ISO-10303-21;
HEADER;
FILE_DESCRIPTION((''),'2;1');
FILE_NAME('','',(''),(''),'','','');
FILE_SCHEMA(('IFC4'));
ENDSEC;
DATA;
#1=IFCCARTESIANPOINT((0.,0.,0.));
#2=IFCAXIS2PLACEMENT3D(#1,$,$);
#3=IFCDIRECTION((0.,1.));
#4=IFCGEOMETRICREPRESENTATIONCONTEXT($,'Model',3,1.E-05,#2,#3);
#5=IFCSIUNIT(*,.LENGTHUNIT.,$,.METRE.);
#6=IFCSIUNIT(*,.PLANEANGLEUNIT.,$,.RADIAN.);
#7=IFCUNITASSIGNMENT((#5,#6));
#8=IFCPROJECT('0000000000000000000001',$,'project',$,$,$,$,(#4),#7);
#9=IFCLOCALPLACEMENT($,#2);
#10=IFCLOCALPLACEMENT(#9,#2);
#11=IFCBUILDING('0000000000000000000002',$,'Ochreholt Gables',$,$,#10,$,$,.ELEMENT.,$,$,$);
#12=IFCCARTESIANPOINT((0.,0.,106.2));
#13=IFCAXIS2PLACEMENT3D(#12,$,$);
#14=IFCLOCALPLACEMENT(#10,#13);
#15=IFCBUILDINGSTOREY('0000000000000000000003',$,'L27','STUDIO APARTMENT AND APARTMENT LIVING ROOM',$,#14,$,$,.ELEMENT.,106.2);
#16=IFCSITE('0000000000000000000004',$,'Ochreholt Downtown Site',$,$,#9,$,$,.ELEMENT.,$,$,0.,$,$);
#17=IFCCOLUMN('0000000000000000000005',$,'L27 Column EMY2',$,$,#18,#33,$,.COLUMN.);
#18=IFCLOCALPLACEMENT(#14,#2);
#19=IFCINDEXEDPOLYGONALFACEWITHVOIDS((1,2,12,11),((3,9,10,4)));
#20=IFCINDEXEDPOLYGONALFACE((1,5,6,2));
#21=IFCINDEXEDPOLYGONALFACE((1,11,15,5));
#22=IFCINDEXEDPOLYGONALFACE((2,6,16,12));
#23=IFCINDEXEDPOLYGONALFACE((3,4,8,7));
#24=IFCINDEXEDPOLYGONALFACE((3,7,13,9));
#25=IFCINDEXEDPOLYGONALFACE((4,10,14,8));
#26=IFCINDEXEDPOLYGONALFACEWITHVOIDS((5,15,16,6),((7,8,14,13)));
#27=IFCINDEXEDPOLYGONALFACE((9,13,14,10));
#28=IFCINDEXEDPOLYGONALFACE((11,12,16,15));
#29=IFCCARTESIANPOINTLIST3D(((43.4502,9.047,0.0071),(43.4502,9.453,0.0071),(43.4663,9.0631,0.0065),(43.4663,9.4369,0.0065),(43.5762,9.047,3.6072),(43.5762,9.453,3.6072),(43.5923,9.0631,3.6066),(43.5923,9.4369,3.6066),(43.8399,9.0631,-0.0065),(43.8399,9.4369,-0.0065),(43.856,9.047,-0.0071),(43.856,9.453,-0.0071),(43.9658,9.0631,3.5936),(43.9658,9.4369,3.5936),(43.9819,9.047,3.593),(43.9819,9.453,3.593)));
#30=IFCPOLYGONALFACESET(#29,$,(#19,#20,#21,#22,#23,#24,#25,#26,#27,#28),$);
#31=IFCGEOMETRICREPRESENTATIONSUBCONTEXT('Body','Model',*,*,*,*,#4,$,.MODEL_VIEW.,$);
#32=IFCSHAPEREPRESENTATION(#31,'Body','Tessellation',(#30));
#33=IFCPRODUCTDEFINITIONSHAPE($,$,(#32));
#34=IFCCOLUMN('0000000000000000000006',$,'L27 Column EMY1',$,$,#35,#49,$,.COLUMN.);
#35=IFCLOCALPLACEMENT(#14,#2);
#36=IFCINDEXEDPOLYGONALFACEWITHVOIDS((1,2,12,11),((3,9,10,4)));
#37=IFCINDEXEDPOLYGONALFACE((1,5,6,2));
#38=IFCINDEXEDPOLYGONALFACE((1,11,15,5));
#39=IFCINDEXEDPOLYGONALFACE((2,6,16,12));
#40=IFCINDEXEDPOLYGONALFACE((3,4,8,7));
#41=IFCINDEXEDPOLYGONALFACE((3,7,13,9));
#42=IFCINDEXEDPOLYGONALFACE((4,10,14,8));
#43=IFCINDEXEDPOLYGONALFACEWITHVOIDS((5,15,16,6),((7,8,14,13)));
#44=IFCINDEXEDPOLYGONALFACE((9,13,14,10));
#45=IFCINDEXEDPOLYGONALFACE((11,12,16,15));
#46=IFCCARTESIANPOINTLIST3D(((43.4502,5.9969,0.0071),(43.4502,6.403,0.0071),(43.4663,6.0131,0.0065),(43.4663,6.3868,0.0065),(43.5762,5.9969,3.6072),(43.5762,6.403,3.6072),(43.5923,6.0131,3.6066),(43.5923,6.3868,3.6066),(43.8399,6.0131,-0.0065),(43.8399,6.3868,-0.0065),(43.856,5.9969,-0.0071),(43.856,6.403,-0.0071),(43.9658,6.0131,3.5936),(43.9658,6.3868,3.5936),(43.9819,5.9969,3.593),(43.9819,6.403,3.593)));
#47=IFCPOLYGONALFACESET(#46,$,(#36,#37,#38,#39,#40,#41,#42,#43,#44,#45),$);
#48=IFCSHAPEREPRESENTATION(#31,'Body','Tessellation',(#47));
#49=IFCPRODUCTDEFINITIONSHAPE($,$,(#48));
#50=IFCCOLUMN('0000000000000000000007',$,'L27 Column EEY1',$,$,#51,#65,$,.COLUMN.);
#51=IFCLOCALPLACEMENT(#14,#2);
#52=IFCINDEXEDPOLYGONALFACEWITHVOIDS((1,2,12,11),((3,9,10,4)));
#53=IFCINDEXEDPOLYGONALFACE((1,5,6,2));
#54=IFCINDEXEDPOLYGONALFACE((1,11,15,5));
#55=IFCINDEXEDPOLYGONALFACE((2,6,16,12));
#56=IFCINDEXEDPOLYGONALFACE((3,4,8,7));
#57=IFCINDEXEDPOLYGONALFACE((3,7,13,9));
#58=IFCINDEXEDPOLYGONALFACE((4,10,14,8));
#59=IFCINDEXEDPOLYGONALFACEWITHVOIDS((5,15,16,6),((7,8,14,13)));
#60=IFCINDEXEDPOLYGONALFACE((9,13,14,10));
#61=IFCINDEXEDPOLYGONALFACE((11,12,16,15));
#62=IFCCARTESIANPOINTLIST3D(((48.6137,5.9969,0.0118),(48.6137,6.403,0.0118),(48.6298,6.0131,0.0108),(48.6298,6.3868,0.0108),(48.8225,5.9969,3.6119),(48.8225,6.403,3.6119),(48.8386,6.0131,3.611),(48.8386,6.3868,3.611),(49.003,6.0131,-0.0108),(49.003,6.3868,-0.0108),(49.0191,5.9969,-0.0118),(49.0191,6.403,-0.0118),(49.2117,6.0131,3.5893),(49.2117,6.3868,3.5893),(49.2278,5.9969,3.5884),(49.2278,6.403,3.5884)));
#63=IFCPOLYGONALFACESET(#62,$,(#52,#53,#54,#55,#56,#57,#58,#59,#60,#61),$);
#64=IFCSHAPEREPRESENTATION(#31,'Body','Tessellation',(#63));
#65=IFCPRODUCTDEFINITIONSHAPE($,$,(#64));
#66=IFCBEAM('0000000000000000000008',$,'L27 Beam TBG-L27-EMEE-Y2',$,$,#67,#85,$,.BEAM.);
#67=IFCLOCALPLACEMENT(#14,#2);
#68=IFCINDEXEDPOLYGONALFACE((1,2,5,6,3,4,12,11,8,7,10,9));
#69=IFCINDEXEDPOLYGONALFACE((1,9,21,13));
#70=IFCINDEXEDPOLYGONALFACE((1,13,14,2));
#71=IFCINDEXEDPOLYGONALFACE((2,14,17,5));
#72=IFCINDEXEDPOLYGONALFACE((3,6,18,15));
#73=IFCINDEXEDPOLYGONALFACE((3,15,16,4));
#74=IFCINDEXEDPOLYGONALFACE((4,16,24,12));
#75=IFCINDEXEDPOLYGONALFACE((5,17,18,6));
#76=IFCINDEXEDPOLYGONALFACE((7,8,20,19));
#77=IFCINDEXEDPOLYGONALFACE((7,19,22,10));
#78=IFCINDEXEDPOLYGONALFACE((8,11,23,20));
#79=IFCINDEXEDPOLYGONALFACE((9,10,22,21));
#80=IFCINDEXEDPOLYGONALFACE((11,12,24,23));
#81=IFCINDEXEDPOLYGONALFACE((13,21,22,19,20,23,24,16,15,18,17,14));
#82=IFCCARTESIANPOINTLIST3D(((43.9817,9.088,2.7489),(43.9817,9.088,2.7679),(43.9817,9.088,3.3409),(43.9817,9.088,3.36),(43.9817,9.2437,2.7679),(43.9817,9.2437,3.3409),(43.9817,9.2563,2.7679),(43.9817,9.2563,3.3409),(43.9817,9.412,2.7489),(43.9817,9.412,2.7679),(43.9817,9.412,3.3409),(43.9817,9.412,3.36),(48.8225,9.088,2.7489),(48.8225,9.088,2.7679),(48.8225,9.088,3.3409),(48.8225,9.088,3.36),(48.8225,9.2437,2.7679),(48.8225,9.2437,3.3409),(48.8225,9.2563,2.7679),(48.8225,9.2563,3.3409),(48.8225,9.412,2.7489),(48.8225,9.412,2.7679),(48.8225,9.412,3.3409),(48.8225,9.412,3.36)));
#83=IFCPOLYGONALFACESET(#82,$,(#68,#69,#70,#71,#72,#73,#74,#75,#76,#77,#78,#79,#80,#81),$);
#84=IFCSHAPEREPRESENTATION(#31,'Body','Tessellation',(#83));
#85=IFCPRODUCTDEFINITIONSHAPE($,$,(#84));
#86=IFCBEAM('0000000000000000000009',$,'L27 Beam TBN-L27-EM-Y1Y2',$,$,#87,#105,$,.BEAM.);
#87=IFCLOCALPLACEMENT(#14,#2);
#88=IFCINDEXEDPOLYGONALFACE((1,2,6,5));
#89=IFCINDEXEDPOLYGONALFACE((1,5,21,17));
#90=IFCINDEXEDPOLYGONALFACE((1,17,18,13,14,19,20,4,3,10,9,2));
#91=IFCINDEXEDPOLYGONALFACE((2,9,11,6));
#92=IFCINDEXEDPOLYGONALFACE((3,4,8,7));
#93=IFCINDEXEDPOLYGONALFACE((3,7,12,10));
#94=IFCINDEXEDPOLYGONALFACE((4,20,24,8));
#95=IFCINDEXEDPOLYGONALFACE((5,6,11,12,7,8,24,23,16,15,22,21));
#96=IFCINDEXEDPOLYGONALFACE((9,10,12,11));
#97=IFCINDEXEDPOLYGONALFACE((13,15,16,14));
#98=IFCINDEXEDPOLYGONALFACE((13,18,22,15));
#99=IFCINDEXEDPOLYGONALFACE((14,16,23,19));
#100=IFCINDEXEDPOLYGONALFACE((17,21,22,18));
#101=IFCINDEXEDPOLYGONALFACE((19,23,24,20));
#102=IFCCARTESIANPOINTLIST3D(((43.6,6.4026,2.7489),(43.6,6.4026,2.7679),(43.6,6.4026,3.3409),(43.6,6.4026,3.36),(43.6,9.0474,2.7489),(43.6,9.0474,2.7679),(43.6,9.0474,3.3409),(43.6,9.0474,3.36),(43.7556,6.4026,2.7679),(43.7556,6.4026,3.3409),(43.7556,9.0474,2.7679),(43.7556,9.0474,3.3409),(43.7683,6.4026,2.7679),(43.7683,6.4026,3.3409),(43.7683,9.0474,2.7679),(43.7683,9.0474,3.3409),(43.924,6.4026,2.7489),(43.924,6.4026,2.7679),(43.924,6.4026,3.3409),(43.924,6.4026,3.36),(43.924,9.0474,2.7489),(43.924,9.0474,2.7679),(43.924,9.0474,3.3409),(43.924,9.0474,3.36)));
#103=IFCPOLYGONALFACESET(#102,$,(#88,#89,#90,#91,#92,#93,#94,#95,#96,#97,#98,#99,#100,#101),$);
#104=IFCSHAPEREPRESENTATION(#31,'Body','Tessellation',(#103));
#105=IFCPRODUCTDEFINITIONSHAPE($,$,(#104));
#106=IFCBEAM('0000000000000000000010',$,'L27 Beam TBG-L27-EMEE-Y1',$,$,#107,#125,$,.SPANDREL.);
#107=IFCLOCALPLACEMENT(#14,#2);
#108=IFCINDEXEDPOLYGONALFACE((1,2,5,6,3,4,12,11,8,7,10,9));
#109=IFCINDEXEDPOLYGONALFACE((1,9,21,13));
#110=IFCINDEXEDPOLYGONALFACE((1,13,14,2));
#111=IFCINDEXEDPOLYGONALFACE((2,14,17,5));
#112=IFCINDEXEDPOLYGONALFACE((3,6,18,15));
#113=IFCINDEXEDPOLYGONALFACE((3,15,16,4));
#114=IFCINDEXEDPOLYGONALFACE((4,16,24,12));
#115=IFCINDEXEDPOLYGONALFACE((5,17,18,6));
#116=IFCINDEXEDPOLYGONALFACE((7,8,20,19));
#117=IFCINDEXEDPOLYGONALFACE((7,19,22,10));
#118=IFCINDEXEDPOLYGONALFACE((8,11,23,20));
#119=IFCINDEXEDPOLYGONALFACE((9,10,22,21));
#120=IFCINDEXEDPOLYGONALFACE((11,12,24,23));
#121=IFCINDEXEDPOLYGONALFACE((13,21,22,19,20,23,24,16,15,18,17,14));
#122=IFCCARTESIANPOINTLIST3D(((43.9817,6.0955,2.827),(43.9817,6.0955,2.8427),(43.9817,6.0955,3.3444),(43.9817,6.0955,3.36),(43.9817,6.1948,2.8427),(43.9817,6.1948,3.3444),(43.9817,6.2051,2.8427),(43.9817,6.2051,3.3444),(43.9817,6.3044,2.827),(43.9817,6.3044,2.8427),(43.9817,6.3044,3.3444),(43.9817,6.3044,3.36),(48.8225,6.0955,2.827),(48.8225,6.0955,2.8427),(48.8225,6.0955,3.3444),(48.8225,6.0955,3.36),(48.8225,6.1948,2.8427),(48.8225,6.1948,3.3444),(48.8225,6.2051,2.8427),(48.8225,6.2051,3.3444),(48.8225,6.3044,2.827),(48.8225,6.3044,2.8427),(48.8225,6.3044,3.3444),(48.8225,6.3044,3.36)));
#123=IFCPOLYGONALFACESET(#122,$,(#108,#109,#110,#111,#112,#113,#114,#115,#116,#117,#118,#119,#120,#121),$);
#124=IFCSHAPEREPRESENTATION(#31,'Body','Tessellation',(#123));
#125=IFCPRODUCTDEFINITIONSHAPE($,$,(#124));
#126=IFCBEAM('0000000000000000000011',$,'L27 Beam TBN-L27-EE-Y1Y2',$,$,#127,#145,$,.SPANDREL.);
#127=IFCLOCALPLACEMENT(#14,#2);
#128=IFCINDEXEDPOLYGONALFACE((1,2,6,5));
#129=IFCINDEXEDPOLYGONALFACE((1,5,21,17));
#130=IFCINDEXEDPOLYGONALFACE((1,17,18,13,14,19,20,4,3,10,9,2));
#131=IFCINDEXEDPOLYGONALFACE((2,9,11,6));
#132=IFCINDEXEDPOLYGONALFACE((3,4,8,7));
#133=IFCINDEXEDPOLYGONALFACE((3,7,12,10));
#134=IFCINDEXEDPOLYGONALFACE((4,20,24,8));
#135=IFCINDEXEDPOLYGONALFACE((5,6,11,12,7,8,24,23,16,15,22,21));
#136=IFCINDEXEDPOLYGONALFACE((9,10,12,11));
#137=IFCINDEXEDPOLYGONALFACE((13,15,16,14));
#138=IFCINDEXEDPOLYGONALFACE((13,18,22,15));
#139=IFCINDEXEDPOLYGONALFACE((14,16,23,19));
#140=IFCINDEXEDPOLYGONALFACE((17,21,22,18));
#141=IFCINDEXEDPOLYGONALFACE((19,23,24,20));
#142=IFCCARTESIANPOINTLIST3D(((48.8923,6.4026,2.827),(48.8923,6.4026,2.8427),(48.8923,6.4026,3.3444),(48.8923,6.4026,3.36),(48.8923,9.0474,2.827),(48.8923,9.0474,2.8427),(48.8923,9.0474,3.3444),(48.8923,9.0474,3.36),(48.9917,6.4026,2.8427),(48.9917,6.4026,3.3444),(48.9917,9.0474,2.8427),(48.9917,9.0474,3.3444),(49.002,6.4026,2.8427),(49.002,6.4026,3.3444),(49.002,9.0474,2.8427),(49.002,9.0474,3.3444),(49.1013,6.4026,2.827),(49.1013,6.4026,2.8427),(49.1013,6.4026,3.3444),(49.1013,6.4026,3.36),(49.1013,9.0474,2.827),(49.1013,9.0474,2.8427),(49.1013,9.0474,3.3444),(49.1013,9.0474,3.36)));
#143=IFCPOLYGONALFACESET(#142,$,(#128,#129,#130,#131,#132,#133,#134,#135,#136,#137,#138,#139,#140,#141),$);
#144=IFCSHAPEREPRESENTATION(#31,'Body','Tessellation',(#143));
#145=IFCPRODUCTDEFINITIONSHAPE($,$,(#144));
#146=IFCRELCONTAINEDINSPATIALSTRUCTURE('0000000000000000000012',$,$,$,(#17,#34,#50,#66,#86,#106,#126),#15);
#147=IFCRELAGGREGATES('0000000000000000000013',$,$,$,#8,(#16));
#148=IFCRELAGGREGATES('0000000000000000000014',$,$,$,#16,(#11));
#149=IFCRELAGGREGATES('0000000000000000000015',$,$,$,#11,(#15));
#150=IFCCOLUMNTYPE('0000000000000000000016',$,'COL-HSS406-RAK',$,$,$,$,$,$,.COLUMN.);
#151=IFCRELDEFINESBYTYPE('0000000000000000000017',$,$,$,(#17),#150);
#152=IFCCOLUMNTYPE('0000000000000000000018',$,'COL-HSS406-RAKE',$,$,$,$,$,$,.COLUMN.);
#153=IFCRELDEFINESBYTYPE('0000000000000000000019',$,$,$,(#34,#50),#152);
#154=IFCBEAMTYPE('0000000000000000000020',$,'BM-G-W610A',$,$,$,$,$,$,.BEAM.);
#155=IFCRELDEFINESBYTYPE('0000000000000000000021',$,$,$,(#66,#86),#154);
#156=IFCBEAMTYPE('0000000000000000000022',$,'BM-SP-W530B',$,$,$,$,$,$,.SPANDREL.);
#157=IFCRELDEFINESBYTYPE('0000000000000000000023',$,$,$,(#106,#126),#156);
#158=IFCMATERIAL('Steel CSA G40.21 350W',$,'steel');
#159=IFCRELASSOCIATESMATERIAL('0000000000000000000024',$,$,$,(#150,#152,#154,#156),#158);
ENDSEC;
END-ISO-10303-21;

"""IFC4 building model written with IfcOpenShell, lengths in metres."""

from ifc_helpers import new_model, si_unit, direction, frame, origin, origin_2d, place, context, subcontext, project, spatial, hollow_rectangle, i_section, extrude, material, material_profile, profile_set, type_object, element, save


model = new_model("IFC4")

# Units and contexts
model_context = context("Model", 3, precision=1e-05, world=origin(), true_north=direction((0.0, 1.0)))
body_context = subcontext(model_context, "Body", "Model", "MODEL_VIEW")
ifc_project = project(units=[si_unit("LENGTHUNIT", "METRE"), si_unit("PLANEANGLEUNIT", "RADIAN")], contexts=[model_context])

# Site, building, storey
site_placement = place(None, origin())
site = spatial("IfcSite", under=ifc_project, at=site_placement, Name="Ochreholt Downtown Site", CompositionType="ELEMENT", RefElevation=0.0)
building_placement = place(site_placement, origin())
building = spatial("IfcBuilding", under=site, at=building_placement, Name="Ochreholt Gables", CompositionType="ELEMENT")
storey_placement = place(building_placement, frame((0.0, 0.0, 106.2)))
storey = spatial("IfcBuildingStorey", under=building, at=storey_placement, Name="L27", Description="STUDIO APARTMENT AND APARTMENT LIVING ROOM", CompositionType="ELEMENT", Elevation=106.2)

# Columns
ifc_material_1 = material(Name="Steel CSA G40.21 350W", Category="steel")
ifc_material_profile_1 = material_profile(ifc_material_1, hollow_rectangle(XDim=0.406, YDim=0.406, WallThickness=0.0161, at=origin_2d()), Name="HSS406X406X16")
ifc_profile_set_1 = profile_set([ifc_material_profile_1], Name="Steel CSA G40.21 350W")
column_type_1 = type_object("IfcColumnType", Name="COL-HSS406-RAK", PredefinedType="COLUMN", material=ifc_profile_set_1)
column_1_placement = place(storey_placement, frame((43.6531, 9.25, 0.0), z_axis=(0.034971, 0.0, 0.999388), x_axis=(0.0, 1.0, 0.0)))
element("IfcColumn", 1, at=column_1_placement, inside=storey, type_object=column_type_1, Name="L27 Column EMY2", PredefinedType="COLUMN", context=body_context, shape_type="SweptSolid", body=[
    extrude(hollow_rectangle(XDim=0.406, YDim=0.406, WallThickness=0.0161, at=origin_2d()), origin(), (0.0, 0.0, 1.0), 3.6023),
])
ifc_material_profile_2 = material_profile(ifc_material_1, hollow_rectangle(XDim=0.406, YDim=0.406, WallThickness=0.0161, at=origin_2d()), Name="HSS406X406X16")
ifc_profile_set_2 = profile_set([ifc_material_profile_2], Name="Steel CSA G40.21 350W")
column_type_2 = type_object("IfcColumnType", Name="COL-HSS406-RAKE", PredefinedType="COLUMN", material=ifc_profile_set_2)
column_2_placement = place(storey_placement, frame((43.6531, 6.2, 0.0), z_axis=(0.034971, 0.0, 0.999388), x_axis=(0.0, 1.0, 0.0)))
element("IfcColumn", 2, at=column_2_placement, inside=storey, type_object=column_type_2, Name="L27 Column EMY1", PredefinedType="COLUMN", context=body_context, shape_type="SweptSolid", body=[
    extrude(hollow_rectangle(XDim=0.406, YDim=0.406, WallThickness=0.0161, at=origin_2d()), origin(), (0.0, 0.0, 1.0), 3.6023),
])
column_3_placement = place(storey_placement, frame((48.8164, 6.2, 0.0), z_axis=(0.057885, 0.0, 0.998323), x_axis=(0.0, 1.0, 0.0)))
element("IfcColumn", 3, at=column_3_placement, inside=storey, type_object=column_type_2, Name="L27 Column EEY1", PredefinedType="COLUMN", context=body_context, shape_type="SweptSolid", body=[
    extrude(hollow_rectangle(XDim=0.406, YDim=0.406, WallThickness=0.0161, at=origin_2d()), origin(), (0.0, 0.0, 1.0), 3.6062),
])

# Beams
ifc_material_profile_3 = material_profile(ifc_material_1, i_section(OverallWidth=0.324, OverallDepth=0.6111, WebThickness=0.0127, FlangeThickness=0.019, at=origin_2d()), Name="W610X155")
ifc_profile_set_3 = profile_set([ifc_material_profile_3], Name="Steel CSA G40.21 350W")
beam_type_1 = type_object("IfcBeamType", Name="BM-G-W610A", PredefinedType="BEAM", material=ifc_profile_set_3)
beam_1_placement = place(storey_placement, frame((43.9817, 9.25, 3.0544), z_axis=(1.0, 0.0, 0.0), x_axis=(0.0, 1.0, 0.0)))
element("IfcBeam", 4, at=beam_1_placement, inside=storey, type_object=beam_type_1, Name="L27 Beam TBG-L27-EMEE-Y2", PredefinedType="BEAM", context=body_context, shape_type="SweptSolid", body=[
    extrude(i_section(OverallWidth=0.324, OverallDepth=0.6111, WebThickness=0.0127, FlangeThickness=0.019, at=origin_2d()), origin(), (0.0, 0.0, 1.0), 4.8408),
])
beam_2_placement = place(storey_placement, frame((43.762, 6.4026, 3.0544), z_axis=(0.0, 1.0, 0.0), x_axis=(-1.0, 0.0, 0.0)))
element("IfcBeam", 5, at=beam_2_placement, inside=storey, type_object=beam_type_1, Name="L27 Beam TBN-L27-EM-Y1Y2", PredefinedType="BEAM", context=body_context, shape_type="SweptSolid", body=[
    extrude(i_section(OverallWidth=0.324, OverallDepth=0.6111, WebThickness=0.0127, FlangeThickness=0.019, at=origin_2d()), origin(), (0.0, 0.0, 1.0), 2.6448),
])
ifc_material_profile_4 = material_profile(ifc_material_1, i_section(OverallWidth=0.209, OverallDepth=0.533, WebThickness=0.0103, FlangeThickness=0.0156, at=origin_2d()), Name="W530X92")
ifc_profile_set_4 = profile_set([ifc_material_profile_4], Name="Steel CSA G40.21 350W")
beam_type_2 = type_object("IfcBeamType", Name="BM-SP-W530B", PredefinedType="SPANDREL", material=ifc_profile_set_4)
beam_3_placement = place(storey_placement, frame((43.9817, 6.2, 3.0935), z_axis=(1.0, 0.0, 0.0), x_axis=(0.0, 1.0, 0.0)))
element("IfcBeam", 6, at=beam_3_placement, inside=storey, type_object=beam_type_2, Name="L27 Beam TBG-L27-EMEE-Y1", PredefinedType="SPANDREL", context=body_context, shape_type="SweptSolid", body=[
    extrude(i_section(OverallWidth=0.209, OverallDepth=0.533, WebThickness=0.0103, FlangeThickness=0.0156, at=origin_2d()), origin(), (0.0, 0.0, 1.0), 4.8408),
])
beam_4_placement = place(storey_placement, frame((48.9968, 6.4026, 3.0935), z_axis=(0.0, 1.0, 0.0), x_axis=(-1.0, 0.0, 0.0)))
element("IfcBeam", 7, at=beam_4_placement, inside=storey, type_object=beam_type_2, Name="L27 Beam TBN-L27-EE-Y1Y2", PredefinedType="SPANDREL", context=body_context, shape_type="SweptSolid", body=[
    extrude(i_section(OverallWidth=0.209, OverallDepth=0.533, WebThickness=0.0103, FlangeThickness=0.0156, at=origin_2d()), origin(), (0.0, 0.0, 1.0), 2.6448),
])

save(model, "model.ifc")
